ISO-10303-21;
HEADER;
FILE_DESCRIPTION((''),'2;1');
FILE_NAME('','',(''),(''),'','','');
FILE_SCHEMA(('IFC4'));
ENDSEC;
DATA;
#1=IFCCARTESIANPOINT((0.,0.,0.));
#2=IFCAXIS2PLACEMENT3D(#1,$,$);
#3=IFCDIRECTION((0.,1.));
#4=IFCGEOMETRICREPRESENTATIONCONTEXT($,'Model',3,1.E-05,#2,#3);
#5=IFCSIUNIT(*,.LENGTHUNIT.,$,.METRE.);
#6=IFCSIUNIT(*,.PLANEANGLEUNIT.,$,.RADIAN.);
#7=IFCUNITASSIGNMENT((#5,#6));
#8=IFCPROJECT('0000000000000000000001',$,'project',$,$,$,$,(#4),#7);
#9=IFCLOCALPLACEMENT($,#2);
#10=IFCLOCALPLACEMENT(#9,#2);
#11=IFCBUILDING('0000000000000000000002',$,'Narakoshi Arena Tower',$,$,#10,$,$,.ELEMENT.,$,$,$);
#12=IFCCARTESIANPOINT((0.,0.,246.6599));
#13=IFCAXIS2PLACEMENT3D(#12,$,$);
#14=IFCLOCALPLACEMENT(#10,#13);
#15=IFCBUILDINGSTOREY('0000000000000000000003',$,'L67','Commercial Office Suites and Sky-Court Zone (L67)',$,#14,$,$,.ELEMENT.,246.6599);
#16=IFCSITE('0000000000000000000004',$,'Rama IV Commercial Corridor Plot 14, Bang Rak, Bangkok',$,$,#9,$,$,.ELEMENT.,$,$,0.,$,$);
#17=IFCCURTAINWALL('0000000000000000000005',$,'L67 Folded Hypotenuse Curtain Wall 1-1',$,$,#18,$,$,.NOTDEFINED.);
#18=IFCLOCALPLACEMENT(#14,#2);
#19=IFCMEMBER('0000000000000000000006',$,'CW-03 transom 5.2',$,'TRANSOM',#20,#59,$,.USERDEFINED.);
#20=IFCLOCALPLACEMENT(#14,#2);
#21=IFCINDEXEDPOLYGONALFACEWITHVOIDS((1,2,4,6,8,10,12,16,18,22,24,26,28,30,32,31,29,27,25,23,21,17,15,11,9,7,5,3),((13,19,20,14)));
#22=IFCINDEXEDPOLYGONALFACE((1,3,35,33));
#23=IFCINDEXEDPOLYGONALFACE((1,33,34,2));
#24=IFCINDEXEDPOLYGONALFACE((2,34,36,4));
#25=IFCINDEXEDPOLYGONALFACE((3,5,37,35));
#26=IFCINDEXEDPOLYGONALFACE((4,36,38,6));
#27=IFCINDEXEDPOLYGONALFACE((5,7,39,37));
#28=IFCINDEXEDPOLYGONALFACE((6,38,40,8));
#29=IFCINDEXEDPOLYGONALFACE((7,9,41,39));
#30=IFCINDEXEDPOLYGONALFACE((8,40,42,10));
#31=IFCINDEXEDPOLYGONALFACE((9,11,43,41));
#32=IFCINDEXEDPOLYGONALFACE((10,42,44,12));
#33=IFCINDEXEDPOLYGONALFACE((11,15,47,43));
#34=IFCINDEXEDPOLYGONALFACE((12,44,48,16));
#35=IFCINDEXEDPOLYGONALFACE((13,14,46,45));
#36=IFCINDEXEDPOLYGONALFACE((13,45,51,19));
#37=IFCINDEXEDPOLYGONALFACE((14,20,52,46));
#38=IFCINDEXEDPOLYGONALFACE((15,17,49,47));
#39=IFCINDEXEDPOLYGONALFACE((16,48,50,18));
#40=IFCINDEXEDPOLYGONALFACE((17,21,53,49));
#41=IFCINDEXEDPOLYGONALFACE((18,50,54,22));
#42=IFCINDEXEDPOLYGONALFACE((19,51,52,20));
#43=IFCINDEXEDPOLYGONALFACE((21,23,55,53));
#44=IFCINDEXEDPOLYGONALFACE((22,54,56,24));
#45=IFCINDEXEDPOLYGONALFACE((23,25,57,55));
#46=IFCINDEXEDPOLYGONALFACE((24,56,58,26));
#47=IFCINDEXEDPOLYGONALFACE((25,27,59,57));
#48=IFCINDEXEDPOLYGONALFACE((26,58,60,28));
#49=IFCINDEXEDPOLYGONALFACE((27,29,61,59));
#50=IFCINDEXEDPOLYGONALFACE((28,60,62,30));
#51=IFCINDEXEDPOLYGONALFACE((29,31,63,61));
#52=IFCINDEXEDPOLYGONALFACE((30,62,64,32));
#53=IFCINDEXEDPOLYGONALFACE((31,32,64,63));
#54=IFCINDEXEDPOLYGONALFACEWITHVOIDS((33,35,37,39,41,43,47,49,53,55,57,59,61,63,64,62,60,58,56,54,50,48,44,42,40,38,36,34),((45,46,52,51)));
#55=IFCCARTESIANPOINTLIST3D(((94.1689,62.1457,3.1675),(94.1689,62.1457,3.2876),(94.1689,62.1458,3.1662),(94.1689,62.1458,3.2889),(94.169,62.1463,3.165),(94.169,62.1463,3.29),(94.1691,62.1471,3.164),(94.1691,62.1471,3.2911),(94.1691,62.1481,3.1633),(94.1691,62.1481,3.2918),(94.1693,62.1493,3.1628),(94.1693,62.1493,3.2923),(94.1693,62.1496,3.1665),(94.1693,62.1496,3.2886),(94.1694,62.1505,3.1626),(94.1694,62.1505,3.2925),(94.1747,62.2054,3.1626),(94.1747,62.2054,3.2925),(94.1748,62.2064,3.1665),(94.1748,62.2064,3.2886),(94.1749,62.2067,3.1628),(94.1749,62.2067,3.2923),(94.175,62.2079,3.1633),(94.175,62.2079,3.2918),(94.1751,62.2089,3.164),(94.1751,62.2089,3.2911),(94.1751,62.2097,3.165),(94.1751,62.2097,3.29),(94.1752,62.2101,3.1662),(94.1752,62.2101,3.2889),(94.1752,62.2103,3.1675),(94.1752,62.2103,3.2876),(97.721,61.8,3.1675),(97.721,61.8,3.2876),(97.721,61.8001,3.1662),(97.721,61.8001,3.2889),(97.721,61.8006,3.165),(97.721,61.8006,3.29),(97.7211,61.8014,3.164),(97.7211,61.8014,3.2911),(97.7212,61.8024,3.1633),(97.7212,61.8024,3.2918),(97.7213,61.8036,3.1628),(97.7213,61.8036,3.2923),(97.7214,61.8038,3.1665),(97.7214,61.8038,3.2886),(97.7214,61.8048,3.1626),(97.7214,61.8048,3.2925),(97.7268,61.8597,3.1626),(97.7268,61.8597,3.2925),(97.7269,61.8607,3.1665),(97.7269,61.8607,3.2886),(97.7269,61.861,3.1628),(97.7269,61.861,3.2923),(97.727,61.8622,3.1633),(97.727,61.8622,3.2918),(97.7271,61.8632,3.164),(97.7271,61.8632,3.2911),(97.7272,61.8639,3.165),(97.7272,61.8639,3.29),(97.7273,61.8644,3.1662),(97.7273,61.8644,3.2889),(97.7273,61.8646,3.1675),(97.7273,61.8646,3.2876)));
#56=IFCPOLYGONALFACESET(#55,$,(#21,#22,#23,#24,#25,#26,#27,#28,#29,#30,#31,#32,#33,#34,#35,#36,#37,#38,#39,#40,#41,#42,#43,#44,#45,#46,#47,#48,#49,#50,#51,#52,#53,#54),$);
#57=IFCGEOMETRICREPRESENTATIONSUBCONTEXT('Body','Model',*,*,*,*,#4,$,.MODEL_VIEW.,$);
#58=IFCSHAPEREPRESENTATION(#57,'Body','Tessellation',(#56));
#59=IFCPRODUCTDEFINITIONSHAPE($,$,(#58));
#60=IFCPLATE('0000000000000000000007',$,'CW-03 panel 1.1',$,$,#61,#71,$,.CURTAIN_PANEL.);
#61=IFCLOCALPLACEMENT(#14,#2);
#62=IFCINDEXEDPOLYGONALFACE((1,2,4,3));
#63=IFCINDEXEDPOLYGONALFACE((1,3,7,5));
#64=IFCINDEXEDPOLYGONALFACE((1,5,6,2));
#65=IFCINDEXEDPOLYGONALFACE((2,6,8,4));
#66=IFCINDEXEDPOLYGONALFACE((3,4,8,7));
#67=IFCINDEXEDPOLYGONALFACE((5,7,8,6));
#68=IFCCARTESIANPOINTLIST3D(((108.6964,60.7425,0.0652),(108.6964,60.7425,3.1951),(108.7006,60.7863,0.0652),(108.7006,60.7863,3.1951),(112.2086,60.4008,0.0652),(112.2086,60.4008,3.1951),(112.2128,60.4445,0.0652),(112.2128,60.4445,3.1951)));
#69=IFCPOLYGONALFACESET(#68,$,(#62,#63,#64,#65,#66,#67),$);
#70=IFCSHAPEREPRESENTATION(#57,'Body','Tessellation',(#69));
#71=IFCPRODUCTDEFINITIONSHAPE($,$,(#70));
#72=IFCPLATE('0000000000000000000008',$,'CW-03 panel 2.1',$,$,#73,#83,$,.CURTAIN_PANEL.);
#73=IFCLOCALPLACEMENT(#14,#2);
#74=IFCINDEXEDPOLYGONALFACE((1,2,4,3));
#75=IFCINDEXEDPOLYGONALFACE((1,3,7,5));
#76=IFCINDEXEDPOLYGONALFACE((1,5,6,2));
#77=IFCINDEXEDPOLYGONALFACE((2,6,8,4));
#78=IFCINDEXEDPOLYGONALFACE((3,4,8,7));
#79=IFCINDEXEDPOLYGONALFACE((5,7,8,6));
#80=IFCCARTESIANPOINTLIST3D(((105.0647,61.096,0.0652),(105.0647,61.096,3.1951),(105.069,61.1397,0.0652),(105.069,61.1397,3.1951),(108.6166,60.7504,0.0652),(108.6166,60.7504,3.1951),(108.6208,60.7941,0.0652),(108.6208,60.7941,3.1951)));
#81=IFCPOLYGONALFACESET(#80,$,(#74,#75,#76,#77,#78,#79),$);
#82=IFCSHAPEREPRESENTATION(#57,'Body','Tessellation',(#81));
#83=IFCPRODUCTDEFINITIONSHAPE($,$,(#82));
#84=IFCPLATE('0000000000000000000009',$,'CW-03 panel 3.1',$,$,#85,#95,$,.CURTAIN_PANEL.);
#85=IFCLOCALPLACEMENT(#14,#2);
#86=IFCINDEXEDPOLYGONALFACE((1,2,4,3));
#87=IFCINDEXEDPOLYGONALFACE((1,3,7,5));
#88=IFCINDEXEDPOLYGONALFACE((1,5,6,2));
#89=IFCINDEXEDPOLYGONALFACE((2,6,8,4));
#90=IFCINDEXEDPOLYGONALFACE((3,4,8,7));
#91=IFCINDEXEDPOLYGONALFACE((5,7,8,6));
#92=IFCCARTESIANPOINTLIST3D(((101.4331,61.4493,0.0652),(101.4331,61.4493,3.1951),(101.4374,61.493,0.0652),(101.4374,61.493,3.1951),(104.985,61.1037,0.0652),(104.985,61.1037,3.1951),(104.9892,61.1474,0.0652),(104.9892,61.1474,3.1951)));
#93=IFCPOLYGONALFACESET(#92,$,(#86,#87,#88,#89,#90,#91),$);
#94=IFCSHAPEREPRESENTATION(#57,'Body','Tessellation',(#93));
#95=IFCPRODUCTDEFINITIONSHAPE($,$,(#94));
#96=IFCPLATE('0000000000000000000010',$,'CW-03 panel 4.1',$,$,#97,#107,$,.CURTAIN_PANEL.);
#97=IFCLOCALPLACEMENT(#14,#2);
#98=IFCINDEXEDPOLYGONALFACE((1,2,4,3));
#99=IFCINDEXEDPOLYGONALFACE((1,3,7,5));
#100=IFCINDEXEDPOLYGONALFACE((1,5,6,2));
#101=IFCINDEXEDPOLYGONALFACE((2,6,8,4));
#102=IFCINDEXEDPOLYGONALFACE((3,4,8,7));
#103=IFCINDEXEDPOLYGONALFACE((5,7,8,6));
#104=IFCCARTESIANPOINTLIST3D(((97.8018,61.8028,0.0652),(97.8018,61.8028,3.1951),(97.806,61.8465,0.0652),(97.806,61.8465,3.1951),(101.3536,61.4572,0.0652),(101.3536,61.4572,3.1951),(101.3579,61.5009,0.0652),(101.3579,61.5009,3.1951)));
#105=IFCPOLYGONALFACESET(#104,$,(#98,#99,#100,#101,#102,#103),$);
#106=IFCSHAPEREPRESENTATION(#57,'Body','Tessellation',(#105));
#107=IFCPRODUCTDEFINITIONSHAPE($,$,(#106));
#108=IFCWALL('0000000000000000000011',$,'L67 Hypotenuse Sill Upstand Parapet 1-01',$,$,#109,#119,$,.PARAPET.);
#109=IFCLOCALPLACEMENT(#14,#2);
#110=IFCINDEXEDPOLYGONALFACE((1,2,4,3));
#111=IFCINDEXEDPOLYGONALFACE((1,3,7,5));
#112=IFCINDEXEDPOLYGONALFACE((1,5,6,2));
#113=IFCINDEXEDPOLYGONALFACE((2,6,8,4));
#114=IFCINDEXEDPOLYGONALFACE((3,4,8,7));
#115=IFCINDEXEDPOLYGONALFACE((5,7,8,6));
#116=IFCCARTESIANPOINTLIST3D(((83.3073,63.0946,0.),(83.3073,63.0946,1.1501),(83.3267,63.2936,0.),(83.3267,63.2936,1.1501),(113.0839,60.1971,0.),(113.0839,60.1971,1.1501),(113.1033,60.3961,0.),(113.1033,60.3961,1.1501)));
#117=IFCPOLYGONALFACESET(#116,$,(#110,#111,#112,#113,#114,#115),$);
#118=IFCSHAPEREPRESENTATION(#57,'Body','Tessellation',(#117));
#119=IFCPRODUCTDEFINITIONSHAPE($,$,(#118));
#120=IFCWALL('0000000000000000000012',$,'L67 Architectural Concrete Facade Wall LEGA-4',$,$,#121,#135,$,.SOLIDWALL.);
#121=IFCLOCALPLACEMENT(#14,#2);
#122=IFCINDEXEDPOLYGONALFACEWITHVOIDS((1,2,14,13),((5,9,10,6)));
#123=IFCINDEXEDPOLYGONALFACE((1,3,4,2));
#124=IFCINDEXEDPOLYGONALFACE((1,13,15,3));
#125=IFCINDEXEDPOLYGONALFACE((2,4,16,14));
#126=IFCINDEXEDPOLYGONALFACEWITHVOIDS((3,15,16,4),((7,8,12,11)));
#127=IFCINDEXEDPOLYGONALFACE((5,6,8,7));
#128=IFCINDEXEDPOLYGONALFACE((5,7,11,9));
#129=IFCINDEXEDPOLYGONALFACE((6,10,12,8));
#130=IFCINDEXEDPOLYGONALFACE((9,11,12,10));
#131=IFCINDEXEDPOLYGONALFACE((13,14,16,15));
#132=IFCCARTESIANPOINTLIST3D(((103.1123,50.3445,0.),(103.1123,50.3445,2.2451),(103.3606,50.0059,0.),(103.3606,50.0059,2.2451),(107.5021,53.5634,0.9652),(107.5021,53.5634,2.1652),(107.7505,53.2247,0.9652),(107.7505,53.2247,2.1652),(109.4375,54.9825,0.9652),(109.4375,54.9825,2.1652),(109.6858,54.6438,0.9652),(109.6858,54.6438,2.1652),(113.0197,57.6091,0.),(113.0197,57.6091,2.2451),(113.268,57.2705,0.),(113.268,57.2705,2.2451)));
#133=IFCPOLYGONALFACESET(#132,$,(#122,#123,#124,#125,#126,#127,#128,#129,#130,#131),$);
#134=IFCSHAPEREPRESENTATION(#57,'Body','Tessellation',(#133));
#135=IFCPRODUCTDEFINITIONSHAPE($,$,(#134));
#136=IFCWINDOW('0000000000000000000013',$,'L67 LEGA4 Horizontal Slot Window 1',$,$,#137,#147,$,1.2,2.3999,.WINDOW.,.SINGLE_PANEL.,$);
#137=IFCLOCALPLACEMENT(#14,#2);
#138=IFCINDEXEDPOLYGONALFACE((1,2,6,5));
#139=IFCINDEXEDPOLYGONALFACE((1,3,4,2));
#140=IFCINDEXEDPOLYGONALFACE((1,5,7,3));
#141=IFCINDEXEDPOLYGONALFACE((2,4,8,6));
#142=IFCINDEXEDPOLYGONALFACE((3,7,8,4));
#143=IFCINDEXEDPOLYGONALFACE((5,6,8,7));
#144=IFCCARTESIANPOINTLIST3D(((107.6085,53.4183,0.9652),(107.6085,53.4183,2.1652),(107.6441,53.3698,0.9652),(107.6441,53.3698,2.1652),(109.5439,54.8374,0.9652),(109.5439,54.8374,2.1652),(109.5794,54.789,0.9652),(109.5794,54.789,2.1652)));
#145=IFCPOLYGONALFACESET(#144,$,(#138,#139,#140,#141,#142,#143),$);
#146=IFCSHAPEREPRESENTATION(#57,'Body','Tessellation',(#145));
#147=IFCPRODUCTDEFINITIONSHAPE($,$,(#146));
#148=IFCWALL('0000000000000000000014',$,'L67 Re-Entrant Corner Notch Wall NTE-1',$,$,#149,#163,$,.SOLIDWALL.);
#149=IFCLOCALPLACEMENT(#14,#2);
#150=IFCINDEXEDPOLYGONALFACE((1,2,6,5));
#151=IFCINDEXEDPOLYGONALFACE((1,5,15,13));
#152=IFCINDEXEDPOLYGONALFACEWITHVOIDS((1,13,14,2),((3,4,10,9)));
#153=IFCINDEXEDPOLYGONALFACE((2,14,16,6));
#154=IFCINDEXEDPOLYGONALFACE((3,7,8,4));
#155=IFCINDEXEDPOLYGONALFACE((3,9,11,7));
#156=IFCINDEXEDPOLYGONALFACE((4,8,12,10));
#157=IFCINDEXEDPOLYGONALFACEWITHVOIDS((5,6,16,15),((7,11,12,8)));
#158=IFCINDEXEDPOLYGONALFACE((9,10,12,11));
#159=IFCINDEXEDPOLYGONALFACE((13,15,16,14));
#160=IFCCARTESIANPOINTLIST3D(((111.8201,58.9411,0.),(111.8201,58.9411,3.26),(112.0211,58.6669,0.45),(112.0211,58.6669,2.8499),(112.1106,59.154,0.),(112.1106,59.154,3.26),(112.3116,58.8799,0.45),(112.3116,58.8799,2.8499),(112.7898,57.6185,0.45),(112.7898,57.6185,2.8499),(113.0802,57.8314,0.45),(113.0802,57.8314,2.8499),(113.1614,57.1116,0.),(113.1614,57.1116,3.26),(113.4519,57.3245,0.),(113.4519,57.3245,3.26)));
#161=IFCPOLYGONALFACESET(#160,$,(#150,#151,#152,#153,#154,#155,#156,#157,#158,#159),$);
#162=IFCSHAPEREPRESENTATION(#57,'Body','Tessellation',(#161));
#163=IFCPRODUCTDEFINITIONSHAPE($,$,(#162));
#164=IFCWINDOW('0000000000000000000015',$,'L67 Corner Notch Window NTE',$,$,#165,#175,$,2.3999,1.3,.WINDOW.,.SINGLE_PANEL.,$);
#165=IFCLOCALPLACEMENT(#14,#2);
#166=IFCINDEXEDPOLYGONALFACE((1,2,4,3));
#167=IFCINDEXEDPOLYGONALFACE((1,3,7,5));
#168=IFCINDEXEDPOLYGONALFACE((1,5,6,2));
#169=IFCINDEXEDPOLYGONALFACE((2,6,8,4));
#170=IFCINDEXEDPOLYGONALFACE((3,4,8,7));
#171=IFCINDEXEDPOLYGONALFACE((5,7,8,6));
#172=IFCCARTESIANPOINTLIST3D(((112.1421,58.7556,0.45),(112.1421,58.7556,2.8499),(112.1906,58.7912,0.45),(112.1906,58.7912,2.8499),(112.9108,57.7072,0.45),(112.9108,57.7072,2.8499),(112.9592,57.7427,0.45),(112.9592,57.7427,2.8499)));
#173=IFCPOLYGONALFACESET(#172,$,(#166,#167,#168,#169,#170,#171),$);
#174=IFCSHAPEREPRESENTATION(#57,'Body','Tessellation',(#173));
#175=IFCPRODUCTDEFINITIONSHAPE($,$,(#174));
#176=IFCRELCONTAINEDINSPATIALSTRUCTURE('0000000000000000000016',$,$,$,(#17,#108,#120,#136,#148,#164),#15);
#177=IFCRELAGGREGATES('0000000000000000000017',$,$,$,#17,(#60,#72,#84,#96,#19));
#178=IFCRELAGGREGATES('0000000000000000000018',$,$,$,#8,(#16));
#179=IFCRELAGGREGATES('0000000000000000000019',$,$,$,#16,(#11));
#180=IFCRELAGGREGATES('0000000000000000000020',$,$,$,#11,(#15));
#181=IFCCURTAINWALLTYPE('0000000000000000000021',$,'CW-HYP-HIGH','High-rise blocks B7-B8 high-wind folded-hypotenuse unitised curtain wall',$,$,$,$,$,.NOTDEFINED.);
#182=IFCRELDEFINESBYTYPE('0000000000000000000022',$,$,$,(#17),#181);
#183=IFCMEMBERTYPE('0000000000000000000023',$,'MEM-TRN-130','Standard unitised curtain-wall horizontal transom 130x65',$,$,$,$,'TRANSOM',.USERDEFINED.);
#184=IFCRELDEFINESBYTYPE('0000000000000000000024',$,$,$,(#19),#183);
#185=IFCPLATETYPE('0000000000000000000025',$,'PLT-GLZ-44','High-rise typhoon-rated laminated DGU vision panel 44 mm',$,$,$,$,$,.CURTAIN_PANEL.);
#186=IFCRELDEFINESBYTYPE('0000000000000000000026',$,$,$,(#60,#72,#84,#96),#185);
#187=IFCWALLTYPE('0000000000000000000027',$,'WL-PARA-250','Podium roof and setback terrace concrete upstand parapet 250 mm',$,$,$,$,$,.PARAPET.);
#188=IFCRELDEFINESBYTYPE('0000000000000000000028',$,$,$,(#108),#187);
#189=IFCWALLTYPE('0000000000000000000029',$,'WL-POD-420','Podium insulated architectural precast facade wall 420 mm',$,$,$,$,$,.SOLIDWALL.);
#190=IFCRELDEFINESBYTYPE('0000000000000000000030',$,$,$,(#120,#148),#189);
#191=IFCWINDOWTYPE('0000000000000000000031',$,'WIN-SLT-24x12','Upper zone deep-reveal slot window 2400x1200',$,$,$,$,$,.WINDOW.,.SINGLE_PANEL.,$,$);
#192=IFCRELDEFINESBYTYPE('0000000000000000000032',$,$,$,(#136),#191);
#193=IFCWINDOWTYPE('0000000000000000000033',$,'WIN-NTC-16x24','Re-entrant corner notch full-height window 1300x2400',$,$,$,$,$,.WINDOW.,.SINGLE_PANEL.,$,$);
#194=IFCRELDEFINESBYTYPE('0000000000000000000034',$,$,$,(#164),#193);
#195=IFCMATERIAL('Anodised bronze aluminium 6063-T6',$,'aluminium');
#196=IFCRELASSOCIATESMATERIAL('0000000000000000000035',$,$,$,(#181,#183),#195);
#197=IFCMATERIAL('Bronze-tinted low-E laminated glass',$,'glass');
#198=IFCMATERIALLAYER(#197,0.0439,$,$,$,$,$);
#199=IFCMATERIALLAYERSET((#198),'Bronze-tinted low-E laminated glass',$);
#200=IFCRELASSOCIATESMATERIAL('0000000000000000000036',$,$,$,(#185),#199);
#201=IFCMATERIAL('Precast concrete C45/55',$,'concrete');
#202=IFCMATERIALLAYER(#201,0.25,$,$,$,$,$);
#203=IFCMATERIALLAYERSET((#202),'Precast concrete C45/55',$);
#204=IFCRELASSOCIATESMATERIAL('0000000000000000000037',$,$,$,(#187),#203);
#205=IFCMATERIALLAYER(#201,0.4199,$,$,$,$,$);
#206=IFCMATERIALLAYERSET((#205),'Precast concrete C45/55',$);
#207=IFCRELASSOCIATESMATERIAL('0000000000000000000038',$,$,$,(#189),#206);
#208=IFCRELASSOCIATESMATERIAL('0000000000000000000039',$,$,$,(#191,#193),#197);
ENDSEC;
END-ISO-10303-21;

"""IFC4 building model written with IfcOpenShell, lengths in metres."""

from ifc_helpers import new_model, si_unit, direction, frame, frame_2d, origin, origin_2d, place, context, subcontext, project, spatial, rectangle, hollow_rectangle, extrude, material, layer, layer_set, material_profile, profile_set, type_object, element, fill, aggregate, save


model = new_model("IFC4")

# Units and contexts
model_context = context("Model", 3, precision=1e-05, world=origin(), true_north=direction((0.0, 1.0)))
body_context = subcontext(model_context, "Body", "Model", "MODEL_VIEW")
ifc_project = project(units=[si_unit("LENGTHUNIT", "METRE"), si_unit("PLANEANGLEUNIT", "RADIAN")], contexts=[model_context])

# Site, building, storey
site_placement = place(None, origin())
site = spatial("IfcSite", under=ifc_project, at=site_placement, Name="Rama IV Commercial Corridor Plot 14, Bang Rak, Bangkok", CompositionType="ELEMENT", RefElevation=0.0)
building_placement = place(site_placement, origin())
building = spatial("IfcBuilding", under=site, at=building_placement, Name="Narakoshi Arena Tower", CompositionType="ELEMENT")
storey_placement = place(building_placement, frame((0.0, 0.0, 246.6599)))
storey = spatial("IfcBuildingStorey", under=building, at=storey_placement, Name="L67", Description="Commercial Office Suites and Sky-Court Zone (L67)", CompositionType="ELEMENT", Elevation=246.6599)

# Curtain wall, member, plates
ifc_material_1 = material(Name="Anodised bronze aluminium 6063-T6", Category="aluminium")
curtain_wall_type = type_object("IfcCurtainWallType", Name="CW-HYP-HIGH", Description="High-rise blocks B7-B8 high-wind folded-hypotenuse unitised curtain wall", PredefinedType="NOTDEFINED", material=ifc_material_1)
curtain_wall_placement = place(storey_placement, origin())
curtain_wall = element("IfcCurtainWall", 1, at=curtain_wall_placement, inside=storey, type_object=curtain_wall_type, Name="L67 Folded Hypotenuse Curtain Wall 1-1", PredefinedType="NOTDEFINED")
ifc_material_profile_1 = material_profile(ifc_material_1, hollow_rectangle(XDim=0.0649, YDim=0.1299, WallThickness=0.0039, OuterFilletRadius=0.0049, at=origin_2d()), Name="TRN130x65x4")
ifc_profile_set_1 = profile_set([ifc_material_profile_1], Name="Anodised bronze aluminium 6063-T6")
member_type_1 = type_object("IfcMemberType", Name="MEM-TRN-130", Description="Standard unitised curtain-wall horizontal transom 130x65", ElementType="TRANSOM", PredefinedType="USERDEFINED", material=ifc_profile_set_1)
member_1_placement = place(storey_placement, frame((97.7241, 61.8323, 3.2275), z_axis=(-0.995297, 0.096869, 0.0), x_axis=(-0.096869, -0.995297, 0.0)))
member_1 = element("IfcMember", 2, at=member_1_placement, type_object=member_type_1, Name="CW-03 transom 5.2", ObjectType="TRANSOM", PredefinedType="USERDEFINED", context=body_context, shape_type="SweptSolid", body=[
    extrude(hollow_rectangle(XDim=0.0649, YDim=0.1299, WallThickness=0.0039, OuterFilletRadius=0.0049, at=origin_2d()), origin(), (0.0, 0.0, 1.0), 3.5688),
])
ifc_material_2 = material(Name="Bronze-tinted low-E laminated glass", Category="glass")
ifc_layer_1 = layer(ifc_material_2, 0.0439)
ifc_layer_set_1 = layer_set([ifc_layer_1], Name="Bronze-tinted low-E laminated glass")
plate_type = type_object("IfcPlateType", Name="PLT-GLZ-44", Description="High-rise typhoon-rated laminated DGU vision panel 44 mm", PredefinedType="CURTAIN_PANEL", material=ifc_layer_set_1)
plate_1_placement = place(storey_placement, frame((110.4546, 60.5935, 0.0652), z_axis=(0.0, 0.0, 1.0), x_axis=(-0.995299, 0.096851, 0.0)))
plate_1 = element("IfcPlate", 3, at=plate_1_placement, type_object=plate_type, Name="CW-03 panel 1.1", PredefinedType="CURTAIN_PANEL", context=body_context, shape_type="SweptSolid", body=[
    extrude(rectangle(XDim=3.5288, YDim=0.0439, at=origin_2d()), origin(), (0.0, 0.0, 1.0), 3.1299),
])
plate_2_placement = place(storey_placement, frame((106.8428, 60.9451, 0.0652), z_axis=(0.0, 0.0, 1.0), x_axis=(-0.995299, 0.096851, 0.0)))
plate_2 = element("IfcPlate", 4, at=plate_2_placement, type_object=plate_type, Name="CW-03 panel 2.1", PredefinedType="CURTAIN_PANEL", context=body_context, shape_type="SweptSolid", body=[
    extrude(rectangle(XDim=3.5686, YDim=0.0439, at=origin_2d()), origin(), (0.0, 0.0, 1.0), 3.1299),
])
plate_3_placement = place(storey_placement, frame((103.2112, 61.2983, 0.0652), z_axis=(0.0, 0.0, 1.0), x_axis=(-0.995299, 0.096851, 0.0)))
plate_3 = element("IfcPlate", 5, at=plate_3_placement, type_object=plate_type, Name="CW-03 panel 3.1", PredefinedType="CURTAIN_PANEL", context=body_context, shape_type="SweptSolid", body=[
    extrude(rectangle(XDim=3.5686, YDim=0.0439, at=origin_2d()), origin(), (0.0, 0.0, 1.0), 3.1299),
])
plate_4_placement = place(storey_placement, frame((99.5798, 61.6519, 0.0652), z_axis=(0.0, 0.0, 1.0), x_axis=(-0.995299, 0.096851, 0.0)))
plate_4 = element("IfcPlate", 6, at=plate_4_placement, type_object=plate_type, Name="CW-03 panel 4.1", PredefinedType="CURTAIN_PANEL", context=body_context, shape_type="SweptSolid", body=[
    extrude(rectangle(XDim=3.5686, YDim=0.0439, at=origin_2d()), origin(), (0.0, 0.0, 1.0), 3.1299),
])
aggregate(curtain_wall, [plate_1, plate_2, plate_3, plate_4, member_1])

# Wall
ifc_material_3 = material(Name="Precast concrete C45/55", Category="concrete")
ifc_layer_2 = layer(ifc_material_3, 0.25)
ifc_layer_set_2 = layer_set([ifc_layer_2], Name="Precast concrete C45/55")
wall_type_1 = type_object("IfcWallType", Name="WL-PARA-250", Description="Podium roof and setback terrace concrete upstand parapet 250 mm", PredefinedType="PARAPET", material=ifc_layer_set_2)
wall_1_placement = place(storey_placement, frame((113.0935, 60.2966, 0.0), z_axis=(0.0, 0.0, 1.0), x_axis=(-0.995299, 0.096849, 0.0)))
element("IfcWall", 7, at=wall_1_placement, inside=storey, type_object=wall_type_1, Name="L67 Hypotenuse Sill Upstand Parapet 1-01", PredefinedType="PARAPET", context=body_context, shape_type="SweptSolid", body=[
    extrude(rectangle(XDim=29.9172, YDim=0.2, at=frame_2d((14.9585, 0.0))), origin(), (0.0, 0.0, 1.0), 1.1501),
])

# Walls, openings, windows
ifc_layer_3 = layer(ifc_material_3, 0.4199)
ifc_layer_set_3 = layer_set([ifc_layer_3], Name="Precast concrete C45/55")
wall_type_2 = type_object("IfcWallType", Name="WL-POD-420", Description="Podium insulated architectural precast facade wall 420 mm", PredefinedType="SOLIDWALL", material=ifc_layer_set_3)
wall_2_placement = place(storey_placement, frame((103.2366, 50.1753, 0.0), z_axis=(0.0, 0.0, 1.0), x_axis=(0.806437, 0.59132, 0.0)))
wall_2 = element("IfcWall", 8, at=wall_2_placement, inside=storey, type_object=wall_type_2, Name="L67 Architectural Concrete Facade Wall LEGA-4", PredefinedType="SOLIDWALL", context=body_context, shape_type="SweptSolid", body=[
    extrude(rectangle(XDim=12.2854, YDim=0.4199, at=frame_2d((6.1426, 0.0))), origin(), (0.0, 0.0, 1.0), 2.2451),
])
opening_1_placement = place(wall_2_placement, frame((5.4434, 0.0, 0.9651)))
opening_1 = element("IfcOpeningElement", 9, at=opening_1_placement, cuts=wall_2, PredefinedType="OPENING", context=body_context, shape_type="SweptSolid", body=[
    extrude(rectangle(XDim=2.3999, YDim=1.2, at=frame_2d((1.2, 0.6001))), frame((0.0, 0.22, 0.0), z_axis=(0.0, -1.0, 0.0), x_axis=(1.0, 0.0, 0.0)), (0.0, 0.0, 1.0), 0.4399),
])
window_type_1 = type_object("IfcWindowType", Name="WIN-SLT-24x12", Description="Upper zone deep-reveal slot window 2400x1200", PartitioningType="SINGLE_PANEL", PredefinedType="WINDOW", material=ifc_material_2)
window_1_placement = place(opening_1_placement, origin())
window_1 = element("IfcWindow", 10, at=window_1_placement, inside=storey, type_object=window_type_1, Name="L67 LEGA4 Horizontal Slot Window 1", OverallHeight=1.2, OverallWidth=2.3999, PartitioningType="SINGLE_PANEL", PredefinedType="WINDOW", context=body_context, shape_type="SweptSolid", body=[
    extrude(rectangle(XDim=2.3999, YDim=1.2, at=frame_2d((1.2, 0.6001))), frame((0.0, 0.03, 0.0), z_axis=(0.0, -1.0, 0.0), x_axis=(1.0, 0.0, 0.0)), (0.0, 0.0, 1.0), 0.0601),
])
fill(opening_1, window_1)
wall_3_placement = place(storey_placement, frame((113.3066, 57.218, 0.0), z_axis=(0.0, 0.0, 1.0), x_axis=(-0.591252, 0.806487, 0.0)))
wall_3 = element("IfcWall", 11, at=wall_3_placement, inside=storey, type_object=wall_type_2, Name="L67 Re-Entrant Corner Notch Wall NTE-1", PredefinedType="SOLIDWALL", context=body_context, shape_type="SweptSolid", body=[
    extrude(rectangle(XDim=2.2686, YDim=0.3601, at=frame_2d((1.1343, 0.0))), origin(), (0.0, 0.0, 1.0), 3.26),
])
opening_2_placement = place(wall_3_placement, frame((0.6287, 0.0, 0.45)))
opening_2 = element("IfcOpeningElement", 12, at=opening_2_placement, cuts=wall_3, PredefinedType="OPENING", context=body_context, shape_type="SweptSolid", body=[
    extrude(rectangle(XDim=1.3, YDim=2.3999, at=frame_2d((0.6499, 1.2))), frame((0.0, 0.1899, 0.0), z_axis=(0.0, -1.0, 0.0), x_axis=(1.0, 0.0, 0.0)), (0.0, 0.0, 1.0), 0.3801),
])
window_type_2 = type_object("IfcWindowType", Name="WIN-NTC-16x24", Description="Re-entrant corner notch full-height window 1300x2400", PartitioningType="SINGLE_PANEL", PredefinedType="WINDOW", material=ifc_material_2)
window_2_placement = place(opening_2_placement, origin())
window_2 = element("IfcWindow", 13, at=window_2_placement, inside=storey, type_object=window_type_2, Name="L67 Corner Notch Window NTE", OverallHeight=2.3999, OverallWidth=1.3, PartitioningType="SINGLE_PANEL", PredefinedType="WINDOW", context=body_context, shape_type="SweptSolid", body=[
    extrude(rectangle(XDim=1.3, YDim=2.3999, at=frame_2d((0.6499, 1.2))), frame((0.0, 0.03, 0.0), z_axis=(0.0, -1.0, 0.0), x_axis=(1.0, 0.0, 0.0)), (0.0, 0.0, 1.0), 0.0601),
])
fill(opening_2, window_2)

save(model, "model.ifc")
